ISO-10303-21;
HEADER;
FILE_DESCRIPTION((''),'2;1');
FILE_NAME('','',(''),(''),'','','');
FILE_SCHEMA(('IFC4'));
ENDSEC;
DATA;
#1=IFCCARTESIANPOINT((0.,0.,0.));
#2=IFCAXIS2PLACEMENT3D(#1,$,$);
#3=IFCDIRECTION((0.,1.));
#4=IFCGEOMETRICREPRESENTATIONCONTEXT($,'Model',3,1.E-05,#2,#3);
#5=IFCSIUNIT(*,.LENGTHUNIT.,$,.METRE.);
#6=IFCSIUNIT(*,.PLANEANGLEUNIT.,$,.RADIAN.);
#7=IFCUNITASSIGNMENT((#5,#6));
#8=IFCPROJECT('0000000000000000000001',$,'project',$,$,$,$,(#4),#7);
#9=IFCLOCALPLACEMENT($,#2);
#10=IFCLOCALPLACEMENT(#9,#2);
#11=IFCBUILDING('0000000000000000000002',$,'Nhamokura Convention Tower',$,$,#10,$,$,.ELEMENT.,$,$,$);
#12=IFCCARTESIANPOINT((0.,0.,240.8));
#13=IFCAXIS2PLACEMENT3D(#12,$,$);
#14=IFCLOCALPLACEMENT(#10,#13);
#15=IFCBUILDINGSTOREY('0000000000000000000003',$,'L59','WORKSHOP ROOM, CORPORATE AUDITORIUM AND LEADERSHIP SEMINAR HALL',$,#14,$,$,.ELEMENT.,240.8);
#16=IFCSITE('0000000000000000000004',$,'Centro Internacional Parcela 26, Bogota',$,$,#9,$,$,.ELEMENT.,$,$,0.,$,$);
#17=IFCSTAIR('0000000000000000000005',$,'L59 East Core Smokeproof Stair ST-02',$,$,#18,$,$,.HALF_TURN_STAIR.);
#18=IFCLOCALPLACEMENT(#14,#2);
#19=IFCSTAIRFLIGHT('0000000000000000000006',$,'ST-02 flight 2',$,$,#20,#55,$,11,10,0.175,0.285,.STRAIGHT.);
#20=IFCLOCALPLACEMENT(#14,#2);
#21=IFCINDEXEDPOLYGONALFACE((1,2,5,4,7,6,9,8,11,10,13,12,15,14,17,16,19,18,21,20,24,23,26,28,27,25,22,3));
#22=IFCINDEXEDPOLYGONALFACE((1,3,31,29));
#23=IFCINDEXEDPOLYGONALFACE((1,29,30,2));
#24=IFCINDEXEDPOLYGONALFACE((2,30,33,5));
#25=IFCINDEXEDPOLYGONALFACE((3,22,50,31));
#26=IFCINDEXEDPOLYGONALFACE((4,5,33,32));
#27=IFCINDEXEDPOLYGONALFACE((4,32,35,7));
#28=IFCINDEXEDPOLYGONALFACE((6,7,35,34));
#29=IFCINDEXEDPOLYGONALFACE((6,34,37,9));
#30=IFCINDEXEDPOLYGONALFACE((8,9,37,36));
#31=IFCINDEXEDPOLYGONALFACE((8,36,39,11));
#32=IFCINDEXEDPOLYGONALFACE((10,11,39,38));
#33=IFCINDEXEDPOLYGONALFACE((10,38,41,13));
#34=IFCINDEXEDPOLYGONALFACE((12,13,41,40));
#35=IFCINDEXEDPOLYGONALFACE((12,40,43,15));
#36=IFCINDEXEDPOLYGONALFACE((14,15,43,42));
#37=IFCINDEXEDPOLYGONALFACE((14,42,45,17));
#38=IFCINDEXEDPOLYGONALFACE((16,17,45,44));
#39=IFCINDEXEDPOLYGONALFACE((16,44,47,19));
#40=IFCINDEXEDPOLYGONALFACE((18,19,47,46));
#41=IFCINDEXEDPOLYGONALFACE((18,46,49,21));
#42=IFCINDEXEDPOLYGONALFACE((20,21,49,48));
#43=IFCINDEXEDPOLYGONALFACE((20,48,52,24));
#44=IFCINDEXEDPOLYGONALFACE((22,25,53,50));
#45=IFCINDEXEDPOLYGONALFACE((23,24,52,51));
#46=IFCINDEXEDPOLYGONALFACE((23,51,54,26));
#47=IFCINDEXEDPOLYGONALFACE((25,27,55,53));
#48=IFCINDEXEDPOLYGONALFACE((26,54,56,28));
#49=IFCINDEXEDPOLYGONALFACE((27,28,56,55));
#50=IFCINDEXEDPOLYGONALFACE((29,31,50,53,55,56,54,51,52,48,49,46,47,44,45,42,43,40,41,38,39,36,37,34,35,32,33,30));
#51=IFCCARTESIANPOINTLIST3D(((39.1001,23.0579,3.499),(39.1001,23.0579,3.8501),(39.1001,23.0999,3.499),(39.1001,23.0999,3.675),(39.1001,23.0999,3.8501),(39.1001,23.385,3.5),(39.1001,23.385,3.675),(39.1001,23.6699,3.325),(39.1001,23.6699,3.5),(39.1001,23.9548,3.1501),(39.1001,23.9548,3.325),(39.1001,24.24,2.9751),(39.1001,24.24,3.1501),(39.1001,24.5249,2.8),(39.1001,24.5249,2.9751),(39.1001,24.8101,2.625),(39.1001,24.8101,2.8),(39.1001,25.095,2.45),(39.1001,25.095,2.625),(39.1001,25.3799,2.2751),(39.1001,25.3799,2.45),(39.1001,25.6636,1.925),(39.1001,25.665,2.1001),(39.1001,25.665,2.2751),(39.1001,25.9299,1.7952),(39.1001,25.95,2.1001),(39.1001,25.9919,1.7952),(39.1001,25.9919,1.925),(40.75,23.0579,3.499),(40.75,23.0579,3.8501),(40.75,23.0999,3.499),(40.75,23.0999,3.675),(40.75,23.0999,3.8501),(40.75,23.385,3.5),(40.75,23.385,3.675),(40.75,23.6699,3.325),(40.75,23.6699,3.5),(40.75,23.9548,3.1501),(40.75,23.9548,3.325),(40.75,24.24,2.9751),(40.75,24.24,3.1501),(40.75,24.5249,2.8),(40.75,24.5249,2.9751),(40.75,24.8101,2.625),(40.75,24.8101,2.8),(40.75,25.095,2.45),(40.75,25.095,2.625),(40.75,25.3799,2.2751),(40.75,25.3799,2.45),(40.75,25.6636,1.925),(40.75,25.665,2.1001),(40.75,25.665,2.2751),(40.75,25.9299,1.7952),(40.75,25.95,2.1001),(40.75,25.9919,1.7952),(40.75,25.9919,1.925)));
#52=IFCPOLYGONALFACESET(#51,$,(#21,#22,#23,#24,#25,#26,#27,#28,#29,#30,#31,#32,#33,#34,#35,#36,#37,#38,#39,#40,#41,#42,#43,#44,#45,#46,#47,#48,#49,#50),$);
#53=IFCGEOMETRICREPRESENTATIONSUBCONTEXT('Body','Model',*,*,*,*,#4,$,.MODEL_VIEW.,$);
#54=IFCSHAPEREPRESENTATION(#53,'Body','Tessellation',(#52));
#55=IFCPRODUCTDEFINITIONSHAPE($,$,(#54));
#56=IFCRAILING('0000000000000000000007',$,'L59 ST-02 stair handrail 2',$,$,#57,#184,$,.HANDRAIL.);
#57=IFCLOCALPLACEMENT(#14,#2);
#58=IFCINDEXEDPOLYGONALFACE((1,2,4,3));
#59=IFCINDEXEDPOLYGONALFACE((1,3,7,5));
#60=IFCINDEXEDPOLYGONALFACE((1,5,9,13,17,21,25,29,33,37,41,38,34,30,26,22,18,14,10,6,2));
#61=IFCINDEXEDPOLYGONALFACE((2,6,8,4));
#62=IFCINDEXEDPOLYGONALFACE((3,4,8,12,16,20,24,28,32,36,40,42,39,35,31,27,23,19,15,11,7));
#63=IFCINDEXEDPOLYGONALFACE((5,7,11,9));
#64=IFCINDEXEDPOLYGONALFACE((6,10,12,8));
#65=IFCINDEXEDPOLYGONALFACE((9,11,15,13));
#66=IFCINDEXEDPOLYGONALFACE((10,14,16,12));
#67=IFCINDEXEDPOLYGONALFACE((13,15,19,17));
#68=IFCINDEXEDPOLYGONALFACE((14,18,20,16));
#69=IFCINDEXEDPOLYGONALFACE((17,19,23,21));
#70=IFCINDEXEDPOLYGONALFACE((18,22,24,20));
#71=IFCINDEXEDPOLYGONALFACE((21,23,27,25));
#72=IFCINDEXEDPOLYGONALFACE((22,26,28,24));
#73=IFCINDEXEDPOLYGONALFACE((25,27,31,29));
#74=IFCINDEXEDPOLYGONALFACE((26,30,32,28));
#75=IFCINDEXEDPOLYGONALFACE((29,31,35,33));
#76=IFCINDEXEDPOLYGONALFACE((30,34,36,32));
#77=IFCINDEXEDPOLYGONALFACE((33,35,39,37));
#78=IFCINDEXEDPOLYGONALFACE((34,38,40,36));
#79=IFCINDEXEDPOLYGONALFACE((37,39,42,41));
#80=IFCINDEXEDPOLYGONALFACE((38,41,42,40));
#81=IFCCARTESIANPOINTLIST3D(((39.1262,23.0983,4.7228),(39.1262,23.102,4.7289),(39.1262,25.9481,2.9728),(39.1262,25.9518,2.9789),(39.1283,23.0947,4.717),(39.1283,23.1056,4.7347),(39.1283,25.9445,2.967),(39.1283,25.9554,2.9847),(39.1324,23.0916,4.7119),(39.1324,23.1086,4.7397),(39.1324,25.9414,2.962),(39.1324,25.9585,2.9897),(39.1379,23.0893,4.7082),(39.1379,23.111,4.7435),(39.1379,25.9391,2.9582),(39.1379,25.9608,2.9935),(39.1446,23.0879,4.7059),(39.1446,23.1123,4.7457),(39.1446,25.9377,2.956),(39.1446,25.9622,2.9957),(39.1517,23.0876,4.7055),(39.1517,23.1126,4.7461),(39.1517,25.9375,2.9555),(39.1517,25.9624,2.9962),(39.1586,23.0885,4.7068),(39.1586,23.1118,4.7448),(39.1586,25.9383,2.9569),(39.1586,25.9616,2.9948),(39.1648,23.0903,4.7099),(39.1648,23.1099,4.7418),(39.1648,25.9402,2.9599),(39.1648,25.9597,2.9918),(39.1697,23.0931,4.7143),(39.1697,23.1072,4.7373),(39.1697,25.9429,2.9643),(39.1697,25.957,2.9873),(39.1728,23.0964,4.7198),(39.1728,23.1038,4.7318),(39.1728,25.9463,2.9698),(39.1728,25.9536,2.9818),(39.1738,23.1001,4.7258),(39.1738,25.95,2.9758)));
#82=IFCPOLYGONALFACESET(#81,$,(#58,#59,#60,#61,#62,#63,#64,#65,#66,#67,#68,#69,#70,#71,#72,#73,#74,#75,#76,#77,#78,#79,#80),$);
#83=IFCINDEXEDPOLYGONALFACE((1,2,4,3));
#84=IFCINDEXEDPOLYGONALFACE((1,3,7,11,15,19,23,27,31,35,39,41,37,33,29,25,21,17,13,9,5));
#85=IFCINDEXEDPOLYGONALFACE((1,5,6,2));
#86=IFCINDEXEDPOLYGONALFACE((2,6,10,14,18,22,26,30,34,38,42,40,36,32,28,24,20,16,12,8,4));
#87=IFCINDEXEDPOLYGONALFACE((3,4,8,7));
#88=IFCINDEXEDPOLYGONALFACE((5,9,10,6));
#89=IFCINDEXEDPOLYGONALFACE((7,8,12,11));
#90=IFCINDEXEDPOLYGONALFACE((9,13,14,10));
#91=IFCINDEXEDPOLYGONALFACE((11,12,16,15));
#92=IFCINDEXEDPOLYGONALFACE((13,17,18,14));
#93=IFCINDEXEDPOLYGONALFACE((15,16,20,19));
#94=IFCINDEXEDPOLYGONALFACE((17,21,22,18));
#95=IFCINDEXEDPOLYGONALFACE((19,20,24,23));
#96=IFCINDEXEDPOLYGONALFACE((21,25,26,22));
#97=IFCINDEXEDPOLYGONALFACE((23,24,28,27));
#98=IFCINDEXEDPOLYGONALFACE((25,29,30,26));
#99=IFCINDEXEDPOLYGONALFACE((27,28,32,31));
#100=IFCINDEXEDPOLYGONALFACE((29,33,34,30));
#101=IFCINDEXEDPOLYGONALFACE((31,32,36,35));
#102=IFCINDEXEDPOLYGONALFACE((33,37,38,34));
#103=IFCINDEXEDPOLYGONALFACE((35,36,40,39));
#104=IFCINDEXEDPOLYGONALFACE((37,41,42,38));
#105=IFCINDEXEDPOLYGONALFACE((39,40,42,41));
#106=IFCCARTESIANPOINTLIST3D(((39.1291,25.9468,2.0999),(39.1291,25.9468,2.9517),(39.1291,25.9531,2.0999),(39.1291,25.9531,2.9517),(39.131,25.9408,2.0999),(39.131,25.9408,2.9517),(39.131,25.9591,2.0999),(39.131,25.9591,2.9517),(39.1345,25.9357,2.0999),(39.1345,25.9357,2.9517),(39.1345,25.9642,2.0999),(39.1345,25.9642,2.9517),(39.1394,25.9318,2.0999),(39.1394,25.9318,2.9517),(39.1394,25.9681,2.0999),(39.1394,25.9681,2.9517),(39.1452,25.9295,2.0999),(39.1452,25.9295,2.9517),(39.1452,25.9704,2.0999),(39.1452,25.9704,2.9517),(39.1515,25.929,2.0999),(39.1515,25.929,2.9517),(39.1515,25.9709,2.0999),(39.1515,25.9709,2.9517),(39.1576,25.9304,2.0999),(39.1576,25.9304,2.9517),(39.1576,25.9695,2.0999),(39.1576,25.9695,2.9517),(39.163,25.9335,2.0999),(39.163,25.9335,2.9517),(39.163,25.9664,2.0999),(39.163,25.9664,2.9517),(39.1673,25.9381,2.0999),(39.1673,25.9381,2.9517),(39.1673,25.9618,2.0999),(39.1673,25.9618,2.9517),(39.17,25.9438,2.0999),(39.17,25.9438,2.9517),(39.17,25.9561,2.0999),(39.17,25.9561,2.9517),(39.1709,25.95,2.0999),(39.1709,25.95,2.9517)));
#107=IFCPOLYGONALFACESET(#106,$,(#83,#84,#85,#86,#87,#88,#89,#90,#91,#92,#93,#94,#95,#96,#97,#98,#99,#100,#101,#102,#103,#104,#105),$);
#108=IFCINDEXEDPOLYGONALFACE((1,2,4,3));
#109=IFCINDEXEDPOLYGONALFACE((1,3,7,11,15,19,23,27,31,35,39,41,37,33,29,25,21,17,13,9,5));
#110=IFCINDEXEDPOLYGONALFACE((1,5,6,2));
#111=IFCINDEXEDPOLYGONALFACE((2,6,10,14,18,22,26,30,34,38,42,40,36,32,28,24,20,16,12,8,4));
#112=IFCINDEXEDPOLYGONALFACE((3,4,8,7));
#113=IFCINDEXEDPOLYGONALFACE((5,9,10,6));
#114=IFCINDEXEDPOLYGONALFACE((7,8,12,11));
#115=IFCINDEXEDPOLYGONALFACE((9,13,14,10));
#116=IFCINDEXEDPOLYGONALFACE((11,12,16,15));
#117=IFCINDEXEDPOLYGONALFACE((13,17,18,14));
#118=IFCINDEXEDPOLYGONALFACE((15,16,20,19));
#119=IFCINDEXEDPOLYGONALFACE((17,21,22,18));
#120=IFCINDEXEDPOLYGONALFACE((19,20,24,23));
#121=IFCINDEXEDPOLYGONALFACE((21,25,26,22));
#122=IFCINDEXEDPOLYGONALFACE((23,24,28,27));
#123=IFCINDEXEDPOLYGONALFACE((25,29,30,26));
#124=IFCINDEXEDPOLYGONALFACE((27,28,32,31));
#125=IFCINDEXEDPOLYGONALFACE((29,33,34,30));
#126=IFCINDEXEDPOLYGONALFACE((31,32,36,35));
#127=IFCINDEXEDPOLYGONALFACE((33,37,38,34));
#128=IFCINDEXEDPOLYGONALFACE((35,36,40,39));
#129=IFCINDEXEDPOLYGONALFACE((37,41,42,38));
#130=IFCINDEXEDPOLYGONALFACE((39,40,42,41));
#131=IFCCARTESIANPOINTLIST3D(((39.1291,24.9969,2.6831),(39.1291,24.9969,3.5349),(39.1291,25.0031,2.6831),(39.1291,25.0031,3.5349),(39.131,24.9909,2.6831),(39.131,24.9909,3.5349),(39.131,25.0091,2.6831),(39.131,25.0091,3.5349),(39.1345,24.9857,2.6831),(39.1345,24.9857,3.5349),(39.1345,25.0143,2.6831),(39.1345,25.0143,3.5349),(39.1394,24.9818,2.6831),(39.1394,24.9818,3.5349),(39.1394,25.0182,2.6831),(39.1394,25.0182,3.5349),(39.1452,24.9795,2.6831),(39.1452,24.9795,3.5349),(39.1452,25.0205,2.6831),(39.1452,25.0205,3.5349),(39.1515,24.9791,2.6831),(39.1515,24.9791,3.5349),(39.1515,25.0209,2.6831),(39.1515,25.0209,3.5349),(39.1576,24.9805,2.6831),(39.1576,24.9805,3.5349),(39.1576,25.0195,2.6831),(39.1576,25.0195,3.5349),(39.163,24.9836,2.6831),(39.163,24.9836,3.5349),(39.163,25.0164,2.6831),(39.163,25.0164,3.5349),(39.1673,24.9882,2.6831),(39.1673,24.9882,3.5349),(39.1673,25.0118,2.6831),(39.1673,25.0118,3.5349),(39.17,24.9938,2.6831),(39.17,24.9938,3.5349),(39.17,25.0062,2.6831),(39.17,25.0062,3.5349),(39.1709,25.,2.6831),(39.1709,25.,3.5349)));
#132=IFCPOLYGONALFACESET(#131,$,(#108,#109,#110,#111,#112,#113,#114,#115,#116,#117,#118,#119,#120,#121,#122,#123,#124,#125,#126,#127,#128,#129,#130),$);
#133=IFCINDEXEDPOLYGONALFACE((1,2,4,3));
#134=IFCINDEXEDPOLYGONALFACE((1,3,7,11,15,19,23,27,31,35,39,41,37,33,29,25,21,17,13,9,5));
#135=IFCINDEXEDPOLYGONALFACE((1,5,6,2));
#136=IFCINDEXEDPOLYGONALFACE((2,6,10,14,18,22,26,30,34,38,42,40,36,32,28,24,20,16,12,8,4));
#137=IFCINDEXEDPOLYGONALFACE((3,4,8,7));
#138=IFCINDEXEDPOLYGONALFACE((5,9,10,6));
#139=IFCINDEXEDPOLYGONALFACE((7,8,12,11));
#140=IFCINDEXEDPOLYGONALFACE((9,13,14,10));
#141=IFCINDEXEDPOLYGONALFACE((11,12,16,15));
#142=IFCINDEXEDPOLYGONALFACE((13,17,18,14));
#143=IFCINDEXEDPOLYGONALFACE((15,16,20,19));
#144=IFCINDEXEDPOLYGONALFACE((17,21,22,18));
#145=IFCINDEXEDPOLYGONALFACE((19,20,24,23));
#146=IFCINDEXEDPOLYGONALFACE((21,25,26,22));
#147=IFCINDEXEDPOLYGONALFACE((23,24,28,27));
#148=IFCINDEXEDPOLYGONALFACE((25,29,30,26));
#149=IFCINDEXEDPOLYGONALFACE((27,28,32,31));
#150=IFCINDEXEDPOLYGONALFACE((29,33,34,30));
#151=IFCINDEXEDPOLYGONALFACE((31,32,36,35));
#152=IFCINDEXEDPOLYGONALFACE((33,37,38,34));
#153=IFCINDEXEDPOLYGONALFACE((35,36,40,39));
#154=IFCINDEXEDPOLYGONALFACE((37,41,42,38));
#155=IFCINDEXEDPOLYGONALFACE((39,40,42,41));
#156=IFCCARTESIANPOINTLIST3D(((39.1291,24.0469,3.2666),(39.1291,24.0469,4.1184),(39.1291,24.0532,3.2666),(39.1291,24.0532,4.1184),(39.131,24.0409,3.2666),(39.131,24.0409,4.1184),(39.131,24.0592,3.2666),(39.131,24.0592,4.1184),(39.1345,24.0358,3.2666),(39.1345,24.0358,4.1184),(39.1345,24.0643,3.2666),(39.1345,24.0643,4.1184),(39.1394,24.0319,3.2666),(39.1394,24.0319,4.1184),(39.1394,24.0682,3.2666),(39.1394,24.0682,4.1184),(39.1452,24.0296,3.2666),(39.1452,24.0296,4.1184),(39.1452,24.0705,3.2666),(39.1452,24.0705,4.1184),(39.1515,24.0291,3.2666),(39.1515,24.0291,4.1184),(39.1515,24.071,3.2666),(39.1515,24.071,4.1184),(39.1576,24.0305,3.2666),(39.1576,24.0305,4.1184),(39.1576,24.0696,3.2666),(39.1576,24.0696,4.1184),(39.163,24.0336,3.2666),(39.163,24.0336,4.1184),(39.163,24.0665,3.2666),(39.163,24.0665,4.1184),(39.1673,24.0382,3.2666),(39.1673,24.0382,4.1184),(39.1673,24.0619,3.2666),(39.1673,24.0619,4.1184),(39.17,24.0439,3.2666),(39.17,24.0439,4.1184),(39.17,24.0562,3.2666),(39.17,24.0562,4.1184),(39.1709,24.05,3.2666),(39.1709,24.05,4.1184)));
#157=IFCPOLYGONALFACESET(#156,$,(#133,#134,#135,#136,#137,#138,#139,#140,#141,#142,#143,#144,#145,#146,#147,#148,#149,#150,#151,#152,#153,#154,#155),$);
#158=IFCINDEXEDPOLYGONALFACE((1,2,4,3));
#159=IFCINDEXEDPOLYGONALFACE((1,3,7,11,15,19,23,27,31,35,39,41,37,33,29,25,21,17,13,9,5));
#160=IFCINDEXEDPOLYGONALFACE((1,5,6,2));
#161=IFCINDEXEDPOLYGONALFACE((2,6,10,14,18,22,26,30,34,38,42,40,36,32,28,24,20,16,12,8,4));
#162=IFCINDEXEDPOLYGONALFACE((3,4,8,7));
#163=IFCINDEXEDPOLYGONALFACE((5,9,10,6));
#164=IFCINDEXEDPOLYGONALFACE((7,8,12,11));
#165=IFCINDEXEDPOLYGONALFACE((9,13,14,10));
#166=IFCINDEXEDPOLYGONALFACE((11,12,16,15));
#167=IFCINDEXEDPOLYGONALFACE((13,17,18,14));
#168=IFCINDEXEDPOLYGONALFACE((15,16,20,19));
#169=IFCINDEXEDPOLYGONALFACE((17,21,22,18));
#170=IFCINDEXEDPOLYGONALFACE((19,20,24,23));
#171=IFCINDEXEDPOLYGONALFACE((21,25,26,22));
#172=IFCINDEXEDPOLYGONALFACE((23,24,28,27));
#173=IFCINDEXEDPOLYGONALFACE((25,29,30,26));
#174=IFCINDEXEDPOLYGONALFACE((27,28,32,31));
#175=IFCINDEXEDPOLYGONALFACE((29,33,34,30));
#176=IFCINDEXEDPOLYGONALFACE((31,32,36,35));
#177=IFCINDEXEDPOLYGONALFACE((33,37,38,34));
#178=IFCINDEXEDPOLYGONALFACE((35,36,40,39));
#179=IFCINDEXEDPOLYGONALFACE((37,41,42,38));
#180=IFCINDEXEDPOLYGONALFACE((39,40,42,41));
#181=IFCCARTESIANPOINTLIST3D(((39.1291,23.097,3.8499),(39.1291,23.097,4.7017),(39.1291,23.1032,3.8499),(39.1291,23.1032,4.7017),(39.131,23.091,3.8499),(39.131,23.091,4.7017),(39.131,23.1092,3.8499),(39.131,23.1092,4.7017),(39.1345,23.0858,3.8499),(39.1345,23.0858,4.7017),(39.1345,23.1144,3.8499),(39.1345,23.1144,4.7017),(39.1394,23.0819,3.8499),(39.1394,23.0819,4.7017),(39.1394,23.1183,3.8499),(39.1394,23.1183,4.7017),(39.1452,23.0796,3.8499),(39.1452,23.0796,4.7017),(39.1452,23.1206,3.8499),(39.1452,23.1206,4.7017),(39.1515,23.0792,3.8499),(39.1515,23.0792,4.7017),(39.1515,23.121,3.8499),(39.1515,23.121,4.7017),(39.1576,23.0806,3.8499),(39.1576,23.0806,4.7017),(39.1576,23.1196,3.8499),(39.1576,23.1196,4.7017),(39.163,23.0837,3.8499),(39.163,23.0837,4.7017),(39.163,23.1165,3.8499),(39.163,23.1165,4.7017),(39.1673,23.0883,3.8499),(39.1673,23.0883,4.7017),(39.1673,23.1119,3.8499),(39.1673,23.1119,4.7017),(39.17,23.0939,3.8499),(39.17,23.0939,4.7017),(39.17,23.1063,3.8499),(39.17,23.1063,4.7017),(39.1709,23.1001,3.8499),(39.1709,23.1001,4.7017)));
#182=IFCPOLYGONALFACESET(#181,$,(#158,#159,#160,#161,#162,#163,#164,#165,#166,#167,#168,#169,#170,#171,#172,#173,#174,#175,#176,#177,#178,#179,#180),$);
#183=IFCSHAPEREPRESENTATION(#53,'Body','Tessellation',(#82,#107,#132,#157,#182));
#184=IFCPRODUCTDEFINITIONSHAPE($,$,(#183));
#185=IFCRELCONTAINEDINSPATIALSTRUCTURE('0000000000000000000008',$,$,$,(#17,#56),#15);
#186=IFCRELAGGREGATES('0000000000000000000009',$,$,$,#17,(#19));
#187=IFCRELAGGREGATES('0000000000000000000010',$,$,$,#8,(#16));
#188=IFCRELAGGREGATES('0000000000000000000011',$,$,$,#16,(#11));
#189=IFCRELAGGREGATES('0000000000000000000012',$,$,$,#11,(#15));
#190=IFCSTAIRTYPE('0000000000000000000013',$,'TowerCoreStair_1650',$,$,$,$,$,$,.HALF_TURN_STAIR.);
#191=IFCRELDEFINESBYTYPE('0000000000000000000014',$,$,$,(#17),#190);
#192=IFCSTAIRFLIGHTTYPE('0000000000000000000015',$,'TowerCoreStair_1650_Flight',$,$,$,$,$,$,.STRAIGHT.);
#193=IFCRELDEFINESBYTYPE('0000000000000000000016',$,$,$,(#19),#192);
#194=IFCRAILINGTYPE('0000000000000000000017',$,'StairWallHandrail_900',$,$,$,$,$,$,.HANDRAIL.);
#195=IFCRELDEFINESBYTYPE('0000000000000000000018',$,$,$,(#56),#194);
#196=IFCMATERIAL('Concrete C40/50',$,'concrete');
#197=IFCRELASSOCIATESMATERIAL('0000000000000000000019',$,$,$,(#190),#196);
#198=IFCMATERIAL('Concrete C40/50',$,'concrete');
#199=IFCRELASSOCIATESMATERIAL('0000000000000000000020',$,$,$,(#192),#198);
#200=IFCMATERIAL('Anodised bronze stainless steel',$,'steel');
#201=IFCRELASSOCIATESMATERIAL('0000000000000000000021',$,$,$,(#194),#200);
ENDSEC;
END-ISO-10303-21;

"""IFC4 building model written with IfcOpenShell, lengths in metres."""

from ifc_helpers import new_model, si_unit, direction, frame, origin, origin_2d, place, context, subcontext, project, spatial, polyline, circle, outline, extrude, material, type_object, element, aggregate, save


model = new_model("IFC4")

# Units and contexts
model_context = context("Model", 3, precision=1e-05, world=origin(), true_north=direction((0.0, 1.0)))
body_context = subcontext(model_context, "Body", "Model", "MODEL_VIEW")
ifc_project = project(units=[si_unit("LENGTHUNIT", "METRE"), si_unit("PLANEANGLEUNIT", "RADIAN")], contexts=[model_context])

# Site, building, storey
site_placement = place(None, origin())
site = spatial("IfcSite", under=ifc_project, at=site_placement, Name="Centro Internacional Parcela 26, Bogota", CompositionType="ELEMENT", RefElevation=0.0)
building_placement = place(site_placement, origin())
building = spatial("IfcBuilding", under=site, at=building_placement, Name="Nhamokura Convention Tower", CompositionType="ELEMENT")
storey_placement = place(building_placement, frame((0.0, 0.0, 240.8)))
storey = spatial("IfcBuildingStorey", under=building, at=storey_placement, Name="L59", Description="WORKSHOP ROOM, CORPORATE AUDITORIUM AND LEADERSHIP SEMINAR HALL", CompositionType="ELEMENT", Elevation=240.8)

# Stair, stair flight
ifc_material_1 = material(Name="Concrete C40/50", Category="concrete")
stair_type = type_object("IfcStairType", Name="TowerCoreStair_1650", PredefinedType="HALF_TURN_STAIR", material=ifc_material_1)
stair_placement = place(storey_placement, origin())
stair = element("IfcStair", 1, at=stair_placement, inside=storey, type_object=stair_type, Name="L59 East Core Smokeproof Stair ST-02", PredefinedType="HALF_TURN_STAIR")
ifc_material_2 = material(Name="Concrete C40/50", Category="concrete")
stair_flight_type = type_object("IfcStairFlightType", Name="TowerCoreStair_1650_Flight", PredefinedType="STRAIGHT", material=ifc_material_2)
stair_flight_placement = place(storey_placement, frame((39.925, 25.95, 1.925), z_axis=(0.0, 0.0, 1.0), x_axis=(0.0, -1.0, 0.0)))
stair_flight = element("IfcStairFlight", 2, at=stair_flight_placement, type_object=stair_flight_type, Name="ST-02 flight 2", NumberOfRisers=11, NumberOfTreads=10, PredefinedType="STRAIGHT", RiserHeight=0.175, TreadLength=0.285, context=body_context, shape_type="SweptSolid", body=[
    extrude(outline(polyline([(-0.042, 0.0), (0.0, 0.175), (0.2849, 0.175), (0.2849, 0.3501), (0.5701, 0.3501), (0.5701, 0.5249), (0.855, 0.5249), (0.855, 0.7), (1.1399, 0.7), (1.1399, 0.875), (1.425, 0.875), (1.425, 1.05), (1.71, 1.05), (1.71, 1.2251), (1.9951, 1.2251), (1.9951, 1.3999), (2.28, 1.3999), (2.28, 1.575), (2.5649, 1.575), (2.5649, 1.75), (2.8501, 1.75), (2.8501, 1.925), (2.8921, 1.925), (2.8921, 1.574), (2.8501, 1.574), (0.2864, 0.0), (0.02, -0.1299), (-0.042, -0.1299), (-0.042, 0.0)])), frame((0.0, 0.825, 0.0), z_axis=(0.0, -1.0, 0.0), x_axis=(1.0, 0.0, 0.0)), (0.0, 0.0, 1.0), 1.6499),
])
aggregate(stair, [stair_flight])

# Railing
ifc_material_3 = material(Name="Anodised bronze stainless steel", Category="steel")
railing_type_1 = type_object("IfcRailingType", Name="StairWallHandrail_900", PredefinedType="HANDRAIL", material=ifc_material_3)
railing_1_placement = place(storey_placement, frame((39.1499, 25.95, 2.0999)))
element("IfcRailing", 3, at=railing_1_placement, inside=storey, type_object=railing_type_1, Name="L59 ST-02 stair handrail 2", PredefinedType="HANDRAIL", context=body_context, shape_type="SweptSolid", body=[
    extrude(circle(Radius=0.0239, at=origin_2d()), frame((0.0, 0.0, 0.876), z_axis=(0.0, -0.852159, 0.523283), x_axis=(1.0, 0.0, 0.0)), (0.0, 0.0, 1.0), 3.3442),
    extrude(circle(Radius=0.021, at=origin_2d()), origin(), (0.0, 0.0, 1.0), 0.8518),
    extrude(circle(Radius=0.021, at=origin_2d()), frame((0.0, -0.95, 0.5833)), (0.0, 0.0, 1.0), 0.8518),
    extrude(circle(Radius=0.021, at=origin_2d()), frame((0.0, -1.8999, 1.1667)), (0.0, 0.0, 1.0), 0.8518),
    extrude(circle(Radius=0.021, at=origin_2d()), frame((0.0, -2.8499, 1.75)), (0.0, 0.0, 1.0), 0.8518),
])

save(model, "model.ifc")
